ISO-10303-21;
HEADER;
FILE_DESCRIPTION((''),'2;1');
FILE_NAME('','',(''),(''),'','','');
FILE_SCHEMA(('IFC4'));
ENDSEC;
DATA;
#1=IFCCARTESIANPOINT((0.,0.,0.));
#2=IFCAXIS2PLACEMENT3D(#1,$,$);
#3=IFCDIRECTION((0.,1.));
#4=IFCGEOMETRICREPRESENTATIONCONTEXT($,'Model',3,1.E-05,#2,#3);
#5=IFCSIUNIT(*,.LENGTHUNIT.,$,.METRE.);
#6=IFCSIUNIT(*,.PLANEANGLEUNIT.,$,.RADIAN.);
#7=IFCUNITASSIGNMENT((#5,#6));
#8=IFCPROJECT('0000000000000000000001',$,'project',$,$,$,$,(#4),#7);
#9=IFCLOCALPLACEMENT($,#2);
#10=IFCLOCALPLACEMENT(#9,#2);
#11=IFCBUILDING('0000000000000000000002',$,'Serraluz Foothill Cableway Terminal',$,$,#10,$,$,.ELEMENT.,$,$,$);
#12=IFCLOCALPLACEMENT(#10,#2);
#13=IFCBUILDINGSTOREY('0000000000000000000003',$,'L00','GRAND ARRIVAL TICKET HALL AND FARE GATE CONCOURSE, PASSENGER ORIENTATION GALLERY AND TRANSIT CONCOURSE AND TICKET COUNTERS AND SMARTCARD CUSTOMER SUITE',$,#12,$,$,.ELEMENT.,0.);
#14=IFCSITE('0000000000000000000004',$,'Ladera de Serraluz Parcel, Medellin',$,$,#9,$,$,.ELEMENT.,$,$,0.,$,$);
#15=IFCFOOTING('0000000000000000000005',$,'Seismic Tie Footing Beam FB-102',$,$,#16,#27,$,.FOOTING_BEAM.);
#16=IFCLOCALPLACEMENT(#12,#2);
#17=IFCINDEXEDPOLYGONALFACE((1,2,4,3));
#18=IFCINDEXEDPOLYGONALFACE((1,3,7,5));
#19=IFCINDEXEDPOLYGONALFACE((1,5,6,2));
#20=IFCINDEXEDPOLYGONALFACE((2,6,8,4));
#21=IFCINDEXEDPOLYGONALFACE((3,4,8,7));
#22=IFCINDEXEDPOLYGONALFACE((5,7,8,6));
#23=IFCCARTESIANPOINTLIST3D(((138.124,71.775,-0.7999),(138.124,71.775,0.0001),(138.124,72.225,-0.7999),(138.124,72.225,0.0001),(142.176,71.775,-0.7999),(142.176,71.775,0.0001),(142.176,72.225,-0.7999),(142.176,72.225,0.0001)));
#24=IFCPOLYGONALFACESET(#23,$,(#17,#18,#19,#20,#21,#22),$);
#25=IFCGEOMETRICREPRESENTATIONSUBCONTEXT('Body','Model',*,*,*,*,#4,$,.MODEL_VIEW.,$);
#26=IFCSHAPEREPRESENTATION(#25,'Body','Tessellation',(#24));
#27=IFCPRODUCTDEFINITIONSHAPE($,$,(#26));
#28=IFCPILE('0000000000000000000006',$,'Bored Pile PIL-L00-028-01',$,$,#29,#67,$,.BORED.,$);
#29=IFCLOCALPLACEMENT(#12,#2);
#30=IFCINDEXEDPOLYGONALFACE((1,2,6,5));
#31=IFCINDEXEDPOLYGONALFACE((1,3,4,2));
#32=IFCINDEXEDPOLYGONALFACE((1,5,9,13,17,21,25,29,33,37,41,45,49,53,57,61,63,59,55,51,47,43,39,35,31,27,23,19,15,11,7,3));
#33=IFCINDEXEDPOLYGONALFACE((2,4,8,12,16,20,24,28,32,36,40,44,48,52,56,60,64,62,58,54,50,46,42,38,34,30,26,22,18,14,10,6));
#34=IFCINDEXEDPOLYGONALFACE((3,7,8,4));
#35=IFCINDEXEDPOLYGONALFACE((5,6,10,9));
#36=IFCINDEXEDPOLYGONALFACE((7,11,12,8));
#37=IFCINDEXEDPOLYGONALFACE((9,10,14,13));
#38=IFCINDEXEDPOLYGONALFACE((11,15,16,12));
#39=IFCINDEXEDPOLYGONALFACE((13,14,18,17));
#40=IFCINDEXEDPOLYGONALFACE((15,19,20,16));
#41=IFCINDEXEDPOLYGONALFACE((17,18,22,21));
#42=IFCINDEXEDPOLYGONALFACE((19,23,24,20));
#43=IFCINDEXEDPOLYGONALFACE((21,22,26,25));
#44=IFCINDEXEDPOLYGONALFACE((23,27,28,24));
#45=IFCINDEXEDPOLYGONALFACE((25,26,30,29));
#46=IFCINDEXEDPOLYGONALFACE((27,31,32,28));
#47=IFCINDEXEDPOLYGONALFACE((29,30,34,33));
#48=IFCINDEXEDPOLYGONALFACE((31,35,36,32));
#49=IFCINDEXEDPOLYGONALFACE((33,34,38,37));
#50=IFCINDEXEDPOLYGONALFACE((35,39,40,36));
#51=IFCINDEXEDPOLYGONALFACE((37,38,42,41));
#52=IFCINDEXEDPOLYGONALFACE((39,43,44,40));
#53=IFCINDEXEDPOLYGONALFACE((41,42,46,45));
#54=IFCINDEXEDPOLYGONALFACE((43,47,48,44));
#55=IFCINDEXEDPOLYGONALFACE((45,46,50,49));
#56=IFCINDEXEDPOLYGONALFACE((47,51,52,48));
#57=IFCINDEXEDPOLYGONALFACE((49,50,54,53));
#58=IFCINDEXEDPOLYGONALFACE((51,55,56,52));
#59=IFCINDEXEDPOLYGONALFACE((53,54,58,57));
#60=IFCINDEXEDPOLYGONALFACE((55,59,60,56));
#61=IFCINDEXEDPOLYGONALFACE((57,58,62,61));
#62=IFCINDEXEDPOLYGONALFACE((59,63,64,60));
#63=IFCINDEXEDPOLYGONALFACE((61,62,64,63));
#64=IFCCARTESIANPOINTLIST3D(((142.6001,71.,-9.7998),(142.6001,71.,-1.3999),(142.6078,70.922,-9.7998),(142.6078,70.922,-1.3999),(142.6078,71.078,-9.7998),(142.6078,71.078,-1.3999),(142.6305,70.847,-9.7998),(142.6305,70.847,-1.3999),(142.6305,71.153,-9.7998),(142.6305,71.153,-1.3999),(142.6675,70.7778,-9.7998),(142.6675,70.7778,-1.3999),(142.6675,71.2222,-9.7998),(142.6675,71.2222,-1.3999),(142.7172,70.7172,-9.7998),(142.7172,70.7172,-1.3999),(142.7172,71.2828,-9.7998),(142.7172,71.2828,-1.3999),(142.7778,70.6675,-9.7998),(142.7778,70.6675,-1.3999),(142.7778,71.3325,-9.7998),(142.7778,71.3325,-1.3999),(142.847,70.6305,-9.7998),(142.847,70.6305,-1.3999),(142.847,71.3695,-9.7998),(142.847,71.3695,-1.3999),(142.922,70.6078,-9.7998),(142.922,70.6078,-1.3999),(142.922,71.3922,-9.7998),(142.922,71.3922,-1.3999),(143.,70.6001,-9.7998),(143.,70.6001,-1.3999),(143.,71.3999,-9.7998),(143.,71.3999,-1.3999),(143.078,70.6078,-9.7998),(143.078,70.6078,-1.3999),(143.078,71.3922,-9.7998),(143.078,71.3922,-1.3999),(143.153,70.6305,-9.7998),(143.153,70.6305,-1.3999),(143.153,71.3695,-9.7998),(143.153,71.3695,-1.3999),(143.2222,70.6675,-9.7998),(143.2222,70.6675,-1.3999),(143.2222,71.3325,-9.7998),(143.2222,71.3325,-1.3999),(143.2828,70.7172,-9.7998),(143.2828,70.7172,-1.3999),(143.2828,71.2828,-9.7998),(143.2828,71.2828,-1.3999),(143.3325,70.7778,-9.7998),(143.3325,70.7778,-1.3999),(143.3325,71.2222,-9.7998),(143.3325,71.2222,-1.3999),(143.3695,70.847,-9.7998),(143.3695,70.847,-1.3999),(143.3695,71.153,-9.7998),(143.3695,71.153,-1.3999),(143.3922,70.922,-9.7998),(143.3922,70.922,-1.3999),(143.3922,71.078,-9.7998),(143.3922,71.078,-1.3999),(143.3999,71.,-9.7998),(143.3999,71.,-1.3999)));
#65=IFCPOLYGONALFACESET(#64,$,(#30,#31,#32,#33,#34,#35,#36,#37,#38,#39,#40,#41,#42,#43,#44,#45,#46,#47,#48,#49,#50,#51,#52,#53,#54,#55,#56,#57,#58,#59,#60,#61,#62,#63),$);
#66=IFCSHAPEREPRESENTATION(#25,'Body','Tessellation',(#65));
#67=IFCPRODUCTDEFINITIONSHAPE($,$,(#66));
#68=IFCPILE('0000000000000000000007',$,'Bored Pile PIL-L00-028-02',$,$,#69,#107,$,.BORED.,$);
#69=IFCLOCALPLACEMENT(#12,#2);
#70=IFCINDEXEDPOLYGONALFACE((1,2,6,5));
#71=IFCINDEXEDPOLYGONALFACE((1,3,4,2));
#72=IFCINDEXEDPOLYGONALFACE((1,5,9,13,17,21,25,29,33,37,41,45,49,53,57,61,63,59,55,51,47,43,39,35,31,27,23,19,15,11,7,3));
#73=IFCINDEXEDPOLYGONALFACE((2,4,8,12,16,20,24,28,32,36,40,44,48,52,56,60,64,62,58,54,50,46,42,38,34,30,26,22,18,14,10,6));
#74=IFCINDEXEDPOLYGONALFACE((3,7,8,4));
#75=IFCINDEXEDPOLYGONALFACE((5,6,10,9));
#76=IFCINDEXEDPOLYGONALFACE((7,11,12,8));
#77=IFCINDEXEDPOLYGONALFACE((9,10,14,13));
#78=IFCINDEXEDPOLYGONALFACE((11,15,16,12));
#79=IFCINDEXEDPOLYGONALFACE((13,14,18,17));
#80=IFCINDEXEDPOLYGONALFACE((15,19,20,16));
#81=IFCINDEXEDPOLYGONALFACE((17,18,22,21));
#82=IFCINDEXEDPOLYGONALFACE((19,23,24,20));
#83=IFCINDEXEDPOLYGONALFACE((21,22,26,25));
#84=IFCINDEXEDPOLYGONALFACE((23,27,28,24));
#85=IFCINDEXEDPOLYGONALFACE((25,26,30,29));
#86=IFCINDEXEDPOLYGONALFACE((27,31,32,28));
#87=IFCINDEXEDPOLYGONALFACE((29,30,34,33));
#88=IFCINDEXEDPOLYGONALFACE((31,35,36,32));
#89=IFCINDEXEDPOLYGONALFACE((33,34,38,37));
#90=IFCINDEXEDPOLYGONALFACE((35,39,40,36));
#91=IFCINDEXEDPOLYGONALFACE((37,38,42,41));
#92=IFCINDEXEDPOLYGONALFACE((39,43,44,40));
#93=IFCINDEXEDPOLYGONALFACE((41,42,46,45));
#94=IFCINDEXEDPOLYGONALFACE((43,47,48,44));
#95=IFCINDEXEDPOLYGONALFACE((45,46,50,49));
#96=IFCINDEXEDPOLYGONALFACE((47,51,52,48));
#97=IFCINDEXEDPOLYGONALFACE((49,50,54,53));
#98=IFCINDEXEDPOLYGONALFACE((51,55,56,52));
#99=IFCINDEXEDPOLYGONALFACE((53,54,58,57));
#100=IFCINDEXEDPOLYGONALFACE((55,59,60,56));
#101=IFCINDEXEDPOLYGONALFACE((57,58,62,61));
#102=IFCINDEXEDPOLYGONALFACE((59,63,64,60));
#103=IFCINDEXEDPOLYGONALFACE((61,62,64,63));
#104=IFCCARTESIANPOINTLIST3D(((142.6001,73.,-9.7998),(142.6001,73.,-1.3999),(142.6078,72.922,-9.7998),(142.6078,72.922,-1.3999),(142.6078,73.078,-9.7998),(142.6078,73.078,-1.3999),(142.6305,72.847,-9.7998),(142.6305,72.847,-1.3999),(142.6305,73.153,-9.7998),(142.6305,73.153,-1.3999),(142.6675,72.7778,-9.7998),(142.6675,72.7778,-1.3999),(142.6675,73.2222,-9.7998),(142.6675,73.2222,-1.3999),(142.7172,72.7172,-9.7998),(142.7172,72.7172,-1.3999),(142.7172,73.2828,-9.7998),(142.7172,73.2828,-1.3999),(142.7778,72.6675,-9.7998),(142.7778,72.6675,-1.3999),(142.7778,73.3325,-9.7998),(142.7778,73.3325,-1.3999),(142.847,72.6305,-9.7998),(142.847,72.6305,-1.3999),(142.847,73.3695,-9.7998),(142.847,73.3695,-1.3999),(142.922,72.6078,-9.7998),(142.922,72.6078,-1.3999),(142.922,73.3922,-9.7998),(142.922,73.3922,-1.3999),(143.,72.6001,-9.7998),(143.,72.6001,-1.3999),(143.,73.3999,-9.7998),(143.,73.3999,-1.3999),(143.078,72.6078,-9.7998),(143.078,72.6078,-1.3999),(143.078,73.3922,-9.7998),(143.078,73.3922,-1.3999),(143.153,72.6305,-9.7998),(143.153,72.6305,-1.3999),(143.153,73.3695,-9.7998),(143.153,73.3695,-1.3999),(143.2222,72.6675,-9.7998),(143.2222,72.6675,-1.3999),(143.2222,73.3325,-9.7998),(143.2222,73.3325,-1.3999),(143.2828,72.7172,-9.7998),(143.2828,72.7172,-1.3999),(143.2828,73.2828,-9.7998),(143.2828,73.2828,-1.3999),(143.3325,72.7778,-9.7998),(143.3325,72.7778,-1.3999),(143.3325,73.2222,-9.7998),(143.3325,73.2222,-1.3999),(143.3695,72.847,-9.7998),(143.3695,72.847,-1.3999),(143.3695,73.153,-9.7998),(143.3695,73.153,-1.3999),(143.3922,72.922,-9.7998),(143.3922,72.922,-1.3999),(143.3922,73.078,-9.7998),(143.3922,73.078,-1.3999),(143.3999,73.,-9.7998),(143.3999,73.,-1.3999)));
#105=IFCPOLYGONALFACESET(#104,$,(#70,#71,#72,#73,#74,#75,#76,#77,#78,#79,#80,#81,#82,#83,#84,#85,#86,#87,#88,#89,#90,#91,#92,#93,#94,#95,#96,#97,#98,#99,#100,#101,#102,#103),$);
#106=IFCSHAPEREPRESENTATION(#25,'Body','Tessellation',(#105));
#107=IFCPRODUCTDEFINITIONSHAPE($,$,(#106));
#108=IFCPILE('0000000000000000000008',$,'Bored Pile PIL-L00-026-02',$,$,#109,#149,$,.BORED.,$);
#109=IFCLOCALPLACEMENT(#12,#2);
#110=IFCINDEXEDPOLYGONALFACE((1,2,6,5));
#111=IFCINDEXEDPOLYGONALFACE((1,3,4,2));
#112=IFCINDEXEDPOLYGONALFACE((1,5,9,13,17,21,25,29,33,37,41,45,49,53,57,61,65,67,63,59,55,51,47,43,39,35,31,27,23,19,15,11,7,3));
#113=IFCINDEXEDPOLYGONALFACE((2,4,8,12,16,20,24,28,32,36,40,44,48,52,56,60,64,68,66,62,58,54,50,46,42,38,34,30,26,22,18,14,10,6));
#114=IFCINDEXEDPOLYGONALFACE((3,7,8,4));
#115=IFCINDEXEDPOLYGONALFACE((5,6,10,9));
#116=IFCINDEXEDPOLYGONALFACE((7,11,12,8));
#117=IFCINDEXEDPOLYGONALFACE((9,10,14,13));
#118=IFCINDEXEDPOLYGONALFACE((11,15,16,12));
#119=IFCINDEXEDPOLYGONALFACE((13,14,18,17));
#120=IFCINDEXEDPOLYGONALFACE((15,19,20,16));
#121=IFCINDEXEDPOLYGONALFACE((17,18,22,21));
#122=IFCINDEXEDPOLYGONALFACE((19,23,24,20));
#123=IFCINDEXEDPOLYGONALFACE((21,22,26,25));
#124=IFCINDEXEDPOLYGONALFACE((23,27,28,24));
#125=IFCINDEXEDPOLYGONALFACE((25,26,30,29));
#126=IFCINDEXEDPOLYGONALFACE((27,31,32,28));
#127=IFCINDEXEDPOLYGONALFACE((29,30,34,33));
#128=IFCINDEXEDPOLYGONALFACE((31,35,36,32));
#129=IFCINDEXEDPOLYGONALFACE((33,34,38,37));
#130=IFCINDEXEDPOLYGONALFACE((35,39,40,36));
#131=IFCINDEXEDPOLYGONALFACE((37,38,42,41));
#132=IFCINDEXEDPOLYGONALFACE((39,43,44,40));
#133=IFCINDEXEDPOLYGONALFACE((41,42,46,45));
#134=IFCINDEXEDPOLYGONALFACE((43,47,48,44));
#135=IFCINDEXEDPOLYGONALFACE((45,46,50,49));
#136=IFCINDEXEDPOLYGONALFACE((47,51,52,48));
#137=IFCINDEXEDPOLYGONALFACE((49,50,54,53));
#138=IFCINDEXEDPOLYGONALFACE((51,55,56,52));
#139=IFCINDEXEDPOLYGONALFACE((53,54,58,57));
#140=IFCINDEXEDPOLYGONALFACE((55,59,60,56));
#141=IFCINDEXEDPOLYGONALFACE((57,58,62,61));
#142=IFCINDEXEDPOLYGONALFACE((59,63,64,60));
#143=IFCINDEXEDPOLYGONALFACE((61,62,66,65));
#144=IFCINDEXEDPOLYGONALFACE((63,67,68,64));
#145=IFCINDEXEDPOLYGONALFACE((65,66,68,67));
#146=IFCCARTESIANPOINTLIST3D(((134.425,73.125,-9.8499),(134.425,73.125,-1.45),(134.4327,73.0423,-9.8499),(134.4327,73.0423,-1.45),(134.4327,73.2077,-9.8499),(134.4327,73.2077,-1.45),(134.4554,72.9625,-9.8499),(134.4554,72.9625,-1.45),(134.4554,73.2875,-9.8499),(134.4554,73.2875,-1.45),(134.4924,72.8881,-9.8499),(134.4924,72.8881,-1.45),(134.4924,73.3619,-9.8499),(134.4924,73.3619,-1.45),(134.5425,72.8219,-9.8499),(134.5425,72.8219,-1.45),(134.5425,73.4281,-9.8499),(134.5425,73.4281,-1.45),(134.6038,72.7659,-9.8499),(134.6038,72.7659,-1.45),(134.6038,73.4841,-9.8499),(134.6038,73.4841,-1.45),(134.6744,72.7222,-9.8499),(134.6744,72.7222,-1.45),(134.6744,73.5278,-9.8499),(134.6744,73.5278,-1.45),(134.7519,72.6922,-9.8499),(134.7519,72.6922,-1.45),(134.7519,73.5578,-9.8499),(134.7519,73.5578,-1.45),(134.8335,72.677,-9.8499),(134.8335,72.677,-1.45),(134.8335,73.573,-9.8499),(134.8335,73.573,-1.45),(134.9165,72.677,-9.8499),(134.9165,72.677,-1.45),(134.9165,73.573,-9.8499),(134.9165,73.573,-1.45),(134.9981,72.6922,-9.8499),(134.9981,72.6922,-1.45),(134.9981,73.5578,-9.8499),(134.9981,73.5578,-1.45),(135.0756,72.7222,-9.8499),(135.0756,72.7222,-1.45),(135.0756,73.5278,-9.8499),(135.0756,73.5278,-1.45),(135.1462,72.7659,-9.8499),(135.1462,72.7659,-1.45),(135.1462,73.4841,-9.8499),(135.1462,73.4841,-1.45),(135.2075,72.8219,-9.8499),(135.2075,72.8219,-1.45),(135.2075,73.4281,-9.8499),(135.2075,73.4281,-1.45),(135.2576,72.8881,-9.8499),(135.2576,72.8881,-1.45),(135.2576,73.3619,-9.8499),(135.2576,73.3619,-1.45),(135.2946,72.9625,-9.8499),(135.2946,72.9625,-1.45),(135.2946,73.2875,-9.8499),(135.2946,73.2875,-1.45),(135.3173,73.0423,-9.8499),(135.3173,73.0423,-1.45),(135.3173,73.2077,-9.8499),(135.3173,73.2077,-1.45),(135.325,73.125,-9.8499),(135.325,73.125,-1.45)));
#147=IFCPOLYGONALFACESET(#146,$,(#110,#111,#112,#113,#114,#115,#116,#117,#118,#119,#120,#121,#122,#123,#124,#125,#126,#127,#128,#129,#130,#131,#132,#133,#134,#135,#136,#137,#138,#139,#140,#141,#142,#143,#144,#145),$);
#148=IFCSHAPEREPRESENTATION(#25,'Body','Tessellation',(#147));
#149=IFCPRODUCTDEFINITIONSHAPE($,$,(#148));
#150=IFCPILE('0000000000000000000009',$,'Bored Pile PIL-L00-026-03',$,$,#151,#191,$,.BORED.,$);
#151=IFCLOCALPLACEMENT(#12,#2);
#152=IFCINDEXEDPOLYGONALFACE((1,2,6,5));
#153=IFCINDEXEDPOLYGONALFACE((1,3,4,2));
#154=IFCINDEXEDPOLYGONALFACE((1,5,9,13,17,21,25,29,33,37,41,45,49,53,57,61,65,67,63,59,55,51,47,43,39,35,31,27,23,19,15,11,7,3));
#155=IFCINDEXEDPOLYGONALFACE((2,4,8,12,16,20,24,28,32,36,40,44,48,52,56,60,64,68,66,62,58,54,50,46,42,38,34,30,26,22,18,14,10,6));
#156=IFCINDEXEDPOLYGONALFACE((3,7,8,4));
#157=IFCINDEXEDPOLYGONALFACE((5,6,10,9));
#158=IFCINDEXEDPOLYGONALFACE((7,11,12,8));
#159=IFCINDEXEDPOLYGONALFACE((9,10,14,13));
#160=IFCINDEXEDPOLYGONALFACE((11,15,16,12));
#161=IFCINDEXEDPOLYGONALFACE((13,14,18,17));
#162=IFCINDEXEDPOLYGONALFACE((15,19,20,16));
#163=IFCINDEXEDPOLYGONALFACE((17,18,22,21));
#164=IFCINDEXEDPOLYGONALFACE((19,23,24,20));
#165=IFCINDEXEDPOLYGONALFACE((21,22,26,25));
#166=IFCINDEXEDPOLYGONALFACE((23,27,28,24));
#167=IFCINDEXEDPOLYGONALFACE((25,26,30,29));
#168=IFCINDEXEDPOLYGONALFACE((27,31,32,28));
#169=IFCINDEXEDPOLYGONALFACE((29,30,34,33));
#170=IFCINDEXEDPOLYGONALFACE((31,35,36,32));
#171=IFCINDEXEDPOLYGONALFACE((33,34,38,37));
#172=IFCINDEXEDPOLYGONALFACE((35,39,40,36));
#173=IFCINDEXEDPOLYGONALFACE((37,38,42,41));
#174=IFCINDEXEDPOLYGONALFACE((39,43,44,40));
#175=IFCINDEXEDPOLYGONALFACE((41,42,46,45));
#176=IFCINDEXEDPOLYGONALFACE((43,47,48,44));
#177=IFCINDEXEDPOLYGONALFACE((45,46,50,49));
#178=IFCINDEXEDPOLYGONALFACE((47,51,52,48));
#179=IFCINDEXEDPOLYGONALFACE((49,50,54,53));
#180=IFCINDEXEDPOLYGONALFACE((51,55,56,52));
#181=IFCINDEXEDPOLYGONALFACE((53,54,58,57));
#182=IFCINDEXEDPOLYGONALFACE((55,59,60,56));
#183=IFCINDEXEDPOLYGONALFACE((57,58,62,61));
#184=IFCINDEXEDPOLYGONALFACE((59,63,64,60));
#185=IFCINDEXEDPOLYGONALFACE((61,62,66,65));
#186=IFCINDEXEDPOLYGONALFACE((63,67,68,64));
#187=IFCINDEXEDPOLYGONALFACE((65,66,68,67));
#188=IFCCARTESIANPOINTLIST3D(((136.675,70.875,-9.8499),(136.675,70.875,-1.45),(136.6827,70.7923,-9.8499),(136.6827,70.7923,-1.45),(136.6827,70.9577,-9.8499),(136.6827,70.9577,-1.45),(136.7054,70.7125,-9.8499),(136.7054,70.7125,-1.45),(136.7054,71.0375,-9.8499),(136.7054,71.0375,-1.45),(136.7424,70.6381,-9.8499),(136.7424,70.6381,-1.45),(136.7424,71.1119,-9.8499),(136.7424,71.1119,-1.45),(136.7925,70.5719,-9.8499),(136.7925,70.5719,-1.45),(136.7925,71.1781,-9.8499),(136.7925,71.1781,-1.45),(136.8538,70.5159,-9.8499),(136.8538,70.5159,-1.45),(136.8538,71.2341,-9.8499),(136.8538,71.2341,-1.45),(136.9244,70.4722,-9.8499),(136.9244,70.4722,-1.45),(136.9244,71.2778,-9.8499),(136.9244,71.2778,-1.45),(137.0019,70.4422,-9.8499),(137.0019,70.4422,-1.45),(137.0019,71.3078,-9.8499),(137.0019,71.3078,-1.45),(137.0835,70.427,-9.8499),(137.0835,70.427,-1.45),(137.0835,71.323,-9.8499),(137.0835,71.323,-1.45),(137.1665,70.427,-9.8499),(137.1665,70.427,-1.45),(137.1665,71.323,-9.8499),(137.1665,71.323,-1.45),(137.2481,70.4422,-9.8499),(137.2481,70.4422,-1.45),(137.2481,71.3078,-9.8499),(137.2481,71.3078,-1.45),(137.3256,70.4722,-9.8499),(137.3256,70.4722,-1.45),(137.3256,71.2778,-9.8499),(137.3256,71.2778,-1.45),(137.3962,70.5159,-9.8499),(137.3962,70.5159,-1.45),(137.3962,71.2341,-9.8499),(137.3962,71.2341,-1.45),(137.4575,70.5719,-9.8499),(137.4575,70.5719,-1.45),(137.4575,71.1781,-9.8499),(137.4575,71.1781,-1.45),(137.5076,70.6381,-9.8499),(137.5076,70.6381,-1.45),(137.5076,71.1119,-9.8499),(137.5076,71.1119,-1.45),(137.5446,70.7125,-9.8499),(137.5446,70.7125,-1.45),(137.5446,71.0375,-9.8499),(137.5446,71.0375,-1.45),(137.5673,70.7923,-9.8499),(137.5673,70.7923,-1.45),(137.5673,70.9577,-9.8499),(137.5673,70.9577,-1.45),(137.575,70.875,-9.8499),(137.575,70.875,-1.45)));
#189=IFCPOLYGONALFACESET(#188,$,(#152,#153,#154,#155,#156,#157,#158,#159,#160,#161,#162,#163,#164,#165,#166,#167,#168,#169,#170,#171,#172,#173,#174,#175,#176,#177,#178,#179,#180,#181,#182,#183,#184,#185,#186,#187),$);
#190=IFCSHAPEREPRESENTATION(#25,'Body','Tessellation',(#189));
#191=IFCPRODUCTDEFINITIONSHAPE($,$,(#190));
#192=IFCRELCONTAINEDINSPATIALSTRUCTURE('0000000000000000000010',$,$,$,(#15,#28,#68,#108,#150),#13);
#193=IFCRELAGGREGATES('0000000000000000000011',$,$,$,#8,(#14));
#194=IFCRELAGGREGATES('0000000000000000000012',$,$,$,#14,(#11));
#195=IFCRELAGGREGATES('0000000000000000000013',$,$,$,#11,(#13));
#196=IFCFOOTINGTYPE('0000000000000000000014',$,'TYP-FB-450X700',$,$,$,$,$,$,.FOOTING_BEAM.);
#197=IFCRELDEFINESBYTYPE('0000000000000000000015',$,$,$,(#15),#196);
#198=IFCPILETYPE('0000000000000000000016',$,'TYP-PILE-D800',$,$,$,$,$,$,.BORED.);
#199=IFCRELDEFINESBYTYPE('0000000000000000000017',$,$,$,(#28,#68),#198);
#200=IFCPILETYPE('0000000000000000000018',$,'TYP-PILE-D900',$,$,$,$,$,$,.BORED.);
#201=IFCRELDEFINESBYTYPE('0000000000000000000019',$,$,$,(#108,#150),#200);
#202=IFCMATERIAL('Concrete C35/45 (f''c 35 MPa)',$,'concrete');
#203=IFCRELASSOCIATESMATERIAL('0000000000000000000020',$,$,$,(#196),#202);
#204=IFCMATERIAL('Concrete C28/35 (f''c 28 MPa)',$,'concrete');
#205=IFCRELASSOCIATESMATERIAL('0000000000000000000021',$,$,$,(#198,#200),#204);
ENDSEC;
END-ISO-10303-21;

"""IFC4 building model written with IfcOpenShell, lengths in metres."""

from ifc_helpers import new_model, si_unit, direction, frame, origin, origin_2d, place, context, subcontext, project, spatial, rectangle, circle, extrude, material, material_profile, profile_set, type_object, element, save


model = new_model("IFC4")

# Units and contexts
model_context = context("Model", 3, precision=1e-05, world=origin(), true_north=direction((0.0, 1.0)))
body_context = subcontext(model_context, "Body", "Model", "MODEL_VIEW")
ifc_project = project(units=[si_unit("LENGTHUNIT", "METRE"), si_unit("PLANEANGLEUNIT", "RADIAN")], contexts=[model_context])

# Site, building, storey
site_placement = place(None, origin())
site = spatial("IfcSite", under=ifc_project, at=site_placement, Name="Ladera de Serraluz Parcel, Medellin", CompositionType="ELEMENT", RefElevation=0.0)
building_placement = place(site_placement, origin())
building = spatial("IfcBuilding", under=site, at=building_placement, Name="Serraluz Foothill Cableway Terminal", CompositionType="ELEMENT")
storey_placement = place(building_placement, origin())
storey = spatial("IfcBuildingStorey", under=building, at=storey_placement, Name="L00", Description="GRAND ARRIVAL TICKET HALL AND FARE GATE CONCOURSE, PASSENGER ORIENTATION GALLERY AND TRANSIT CONCOURSE AND TICKET COUNTERS AND SMARTCARD CUSTOMER SUITE", CompositionType="ELEMENT", Elevation=0.0)

# Footing
ifc_material_1 = material(Name="Concrete C35/45 (f'c 35 MPa)", Category="concrete")
ifc_material_profile_1 = material_profile(ifc_material_1, rectangle(XDim=0.45, YDim=0.8, at=origin_2d()), Name="RC 450x800")
ifc_profile_set_1 = profile_set([ifc_material_profile_1], Name="Concrete C35/45 (f'c 35 MPa)")
footing_type_1 = type_object("IfcFootingType", Name="TYP-FB-450X700", PredefinedType="FOOTING_BEAM", material=ifc_profile_set_1)
footing_1_placement = place(storey_placement, frame((138.124, 72.0, -0.3999), z_axis=(1.0, 0.0, 0.0), x_axis=(0.0, 1.0, 0.0)))
element("IfcFooting", 1, at=footing_1_placement, inside=storey, type_object=footing_type_1, Name="Seismic Tie Footing Beam FB-102", PredefinedType="FOOTING_BEAM", context=body_context, shape_type="SweptSolid", body=[
    extrude(rectangle(XDim=0.45, YDim=0.8, at=origin_2d()), origin(), (0.0, 0.0, 1.0), 4.052),
])

# Piles
ifc_material_2 = material(Name="Concrete C28/35 (f'c 28 MPa)", Category="concrete")
ifc_material_profile_2 = material_profile(ifc_material_2, circle(Radius=0.3999, at=origin_2d()), Name="BORED PILE D800")
ifc_profile_set_2 = profile_set([ifc_material_profile_2], Name="Concrete C28/35 (f'c 28 MPa)")
pile_type_1 = type_object("IfcPileType", Name="TYP-PILE-D800", PredefinedType="BORED", material=ifc_profile_set_2)
for number, where, z_axis, x_axis, name in (
    (2, (143.0, 71.0, -1.3999), (0.0, 0.0, -1.0), (1.0, 0.0, 0.0), "Bored Pile PIL-L00-028-01"),
    (3, (143.0, 73.0, -1.3999), (0.0, 0.0, -1.0), (1.0, 0.0, 0.0), "Bored Pile PIL-L00-028-02"),
):
    element("IfcPile", number, at=place(storey_placement, frame(where, z_axis=z_axis, x_axis=x_axis)), inside=storey, type_object=pile_type_1, Name=name, PredefinedType="BORED", context=body_context, shape_type="SweptSolid", body=[
        extrude(circle(Radius=0.3999, at=origin_2d()), origin(), (0.0, 0.0, 1.0), 8.3999),
    ])
ifc_material_profile_3 = material_profile(ifc_material_2, circle(Radius=0.45, at=origin_2d()), Name="BORED PILE D900")
ifc_profile_set_3 = profile_set([ifc_material_profile_3], Name="Concrete C28/35 (f'c 28 MPa)")
pile_type_2 = type_object("IfcPileType", Name="TYP-PILE-D900", PredefinedType="BORED", material=ifc_profile_set_3)
for number, where, z_axis, x_axis, name in (
    (4, (134.875, 73.125, -1.45), (0.0, 0.0, -1.0), (1.0, 0.0, 0.0), "Bored Pile PIL-L00-026-02"),
    (5, (137.125, 70.875, -1.45), (0.0, 0.0, -1.0), (1.0, 0.0, 0.0), "Bored Pile PIL-L00-026-03"),
):
    element("IfcPile", number, at=place(storey_placement, frame(where, z_axis=z_axis, x_axis=x_axis)), inside=storey, type_object=pile_type_2, Name=name, PredefinedType="BORED", context=body_context, shape_type="SweptSolid", body=[
        extrude(circle(Radius=0.45, at=origin_2d()), origin(), (0.0, 0.0, 1.0), 8.3999),
    ])

save(model, "model.ifc")
